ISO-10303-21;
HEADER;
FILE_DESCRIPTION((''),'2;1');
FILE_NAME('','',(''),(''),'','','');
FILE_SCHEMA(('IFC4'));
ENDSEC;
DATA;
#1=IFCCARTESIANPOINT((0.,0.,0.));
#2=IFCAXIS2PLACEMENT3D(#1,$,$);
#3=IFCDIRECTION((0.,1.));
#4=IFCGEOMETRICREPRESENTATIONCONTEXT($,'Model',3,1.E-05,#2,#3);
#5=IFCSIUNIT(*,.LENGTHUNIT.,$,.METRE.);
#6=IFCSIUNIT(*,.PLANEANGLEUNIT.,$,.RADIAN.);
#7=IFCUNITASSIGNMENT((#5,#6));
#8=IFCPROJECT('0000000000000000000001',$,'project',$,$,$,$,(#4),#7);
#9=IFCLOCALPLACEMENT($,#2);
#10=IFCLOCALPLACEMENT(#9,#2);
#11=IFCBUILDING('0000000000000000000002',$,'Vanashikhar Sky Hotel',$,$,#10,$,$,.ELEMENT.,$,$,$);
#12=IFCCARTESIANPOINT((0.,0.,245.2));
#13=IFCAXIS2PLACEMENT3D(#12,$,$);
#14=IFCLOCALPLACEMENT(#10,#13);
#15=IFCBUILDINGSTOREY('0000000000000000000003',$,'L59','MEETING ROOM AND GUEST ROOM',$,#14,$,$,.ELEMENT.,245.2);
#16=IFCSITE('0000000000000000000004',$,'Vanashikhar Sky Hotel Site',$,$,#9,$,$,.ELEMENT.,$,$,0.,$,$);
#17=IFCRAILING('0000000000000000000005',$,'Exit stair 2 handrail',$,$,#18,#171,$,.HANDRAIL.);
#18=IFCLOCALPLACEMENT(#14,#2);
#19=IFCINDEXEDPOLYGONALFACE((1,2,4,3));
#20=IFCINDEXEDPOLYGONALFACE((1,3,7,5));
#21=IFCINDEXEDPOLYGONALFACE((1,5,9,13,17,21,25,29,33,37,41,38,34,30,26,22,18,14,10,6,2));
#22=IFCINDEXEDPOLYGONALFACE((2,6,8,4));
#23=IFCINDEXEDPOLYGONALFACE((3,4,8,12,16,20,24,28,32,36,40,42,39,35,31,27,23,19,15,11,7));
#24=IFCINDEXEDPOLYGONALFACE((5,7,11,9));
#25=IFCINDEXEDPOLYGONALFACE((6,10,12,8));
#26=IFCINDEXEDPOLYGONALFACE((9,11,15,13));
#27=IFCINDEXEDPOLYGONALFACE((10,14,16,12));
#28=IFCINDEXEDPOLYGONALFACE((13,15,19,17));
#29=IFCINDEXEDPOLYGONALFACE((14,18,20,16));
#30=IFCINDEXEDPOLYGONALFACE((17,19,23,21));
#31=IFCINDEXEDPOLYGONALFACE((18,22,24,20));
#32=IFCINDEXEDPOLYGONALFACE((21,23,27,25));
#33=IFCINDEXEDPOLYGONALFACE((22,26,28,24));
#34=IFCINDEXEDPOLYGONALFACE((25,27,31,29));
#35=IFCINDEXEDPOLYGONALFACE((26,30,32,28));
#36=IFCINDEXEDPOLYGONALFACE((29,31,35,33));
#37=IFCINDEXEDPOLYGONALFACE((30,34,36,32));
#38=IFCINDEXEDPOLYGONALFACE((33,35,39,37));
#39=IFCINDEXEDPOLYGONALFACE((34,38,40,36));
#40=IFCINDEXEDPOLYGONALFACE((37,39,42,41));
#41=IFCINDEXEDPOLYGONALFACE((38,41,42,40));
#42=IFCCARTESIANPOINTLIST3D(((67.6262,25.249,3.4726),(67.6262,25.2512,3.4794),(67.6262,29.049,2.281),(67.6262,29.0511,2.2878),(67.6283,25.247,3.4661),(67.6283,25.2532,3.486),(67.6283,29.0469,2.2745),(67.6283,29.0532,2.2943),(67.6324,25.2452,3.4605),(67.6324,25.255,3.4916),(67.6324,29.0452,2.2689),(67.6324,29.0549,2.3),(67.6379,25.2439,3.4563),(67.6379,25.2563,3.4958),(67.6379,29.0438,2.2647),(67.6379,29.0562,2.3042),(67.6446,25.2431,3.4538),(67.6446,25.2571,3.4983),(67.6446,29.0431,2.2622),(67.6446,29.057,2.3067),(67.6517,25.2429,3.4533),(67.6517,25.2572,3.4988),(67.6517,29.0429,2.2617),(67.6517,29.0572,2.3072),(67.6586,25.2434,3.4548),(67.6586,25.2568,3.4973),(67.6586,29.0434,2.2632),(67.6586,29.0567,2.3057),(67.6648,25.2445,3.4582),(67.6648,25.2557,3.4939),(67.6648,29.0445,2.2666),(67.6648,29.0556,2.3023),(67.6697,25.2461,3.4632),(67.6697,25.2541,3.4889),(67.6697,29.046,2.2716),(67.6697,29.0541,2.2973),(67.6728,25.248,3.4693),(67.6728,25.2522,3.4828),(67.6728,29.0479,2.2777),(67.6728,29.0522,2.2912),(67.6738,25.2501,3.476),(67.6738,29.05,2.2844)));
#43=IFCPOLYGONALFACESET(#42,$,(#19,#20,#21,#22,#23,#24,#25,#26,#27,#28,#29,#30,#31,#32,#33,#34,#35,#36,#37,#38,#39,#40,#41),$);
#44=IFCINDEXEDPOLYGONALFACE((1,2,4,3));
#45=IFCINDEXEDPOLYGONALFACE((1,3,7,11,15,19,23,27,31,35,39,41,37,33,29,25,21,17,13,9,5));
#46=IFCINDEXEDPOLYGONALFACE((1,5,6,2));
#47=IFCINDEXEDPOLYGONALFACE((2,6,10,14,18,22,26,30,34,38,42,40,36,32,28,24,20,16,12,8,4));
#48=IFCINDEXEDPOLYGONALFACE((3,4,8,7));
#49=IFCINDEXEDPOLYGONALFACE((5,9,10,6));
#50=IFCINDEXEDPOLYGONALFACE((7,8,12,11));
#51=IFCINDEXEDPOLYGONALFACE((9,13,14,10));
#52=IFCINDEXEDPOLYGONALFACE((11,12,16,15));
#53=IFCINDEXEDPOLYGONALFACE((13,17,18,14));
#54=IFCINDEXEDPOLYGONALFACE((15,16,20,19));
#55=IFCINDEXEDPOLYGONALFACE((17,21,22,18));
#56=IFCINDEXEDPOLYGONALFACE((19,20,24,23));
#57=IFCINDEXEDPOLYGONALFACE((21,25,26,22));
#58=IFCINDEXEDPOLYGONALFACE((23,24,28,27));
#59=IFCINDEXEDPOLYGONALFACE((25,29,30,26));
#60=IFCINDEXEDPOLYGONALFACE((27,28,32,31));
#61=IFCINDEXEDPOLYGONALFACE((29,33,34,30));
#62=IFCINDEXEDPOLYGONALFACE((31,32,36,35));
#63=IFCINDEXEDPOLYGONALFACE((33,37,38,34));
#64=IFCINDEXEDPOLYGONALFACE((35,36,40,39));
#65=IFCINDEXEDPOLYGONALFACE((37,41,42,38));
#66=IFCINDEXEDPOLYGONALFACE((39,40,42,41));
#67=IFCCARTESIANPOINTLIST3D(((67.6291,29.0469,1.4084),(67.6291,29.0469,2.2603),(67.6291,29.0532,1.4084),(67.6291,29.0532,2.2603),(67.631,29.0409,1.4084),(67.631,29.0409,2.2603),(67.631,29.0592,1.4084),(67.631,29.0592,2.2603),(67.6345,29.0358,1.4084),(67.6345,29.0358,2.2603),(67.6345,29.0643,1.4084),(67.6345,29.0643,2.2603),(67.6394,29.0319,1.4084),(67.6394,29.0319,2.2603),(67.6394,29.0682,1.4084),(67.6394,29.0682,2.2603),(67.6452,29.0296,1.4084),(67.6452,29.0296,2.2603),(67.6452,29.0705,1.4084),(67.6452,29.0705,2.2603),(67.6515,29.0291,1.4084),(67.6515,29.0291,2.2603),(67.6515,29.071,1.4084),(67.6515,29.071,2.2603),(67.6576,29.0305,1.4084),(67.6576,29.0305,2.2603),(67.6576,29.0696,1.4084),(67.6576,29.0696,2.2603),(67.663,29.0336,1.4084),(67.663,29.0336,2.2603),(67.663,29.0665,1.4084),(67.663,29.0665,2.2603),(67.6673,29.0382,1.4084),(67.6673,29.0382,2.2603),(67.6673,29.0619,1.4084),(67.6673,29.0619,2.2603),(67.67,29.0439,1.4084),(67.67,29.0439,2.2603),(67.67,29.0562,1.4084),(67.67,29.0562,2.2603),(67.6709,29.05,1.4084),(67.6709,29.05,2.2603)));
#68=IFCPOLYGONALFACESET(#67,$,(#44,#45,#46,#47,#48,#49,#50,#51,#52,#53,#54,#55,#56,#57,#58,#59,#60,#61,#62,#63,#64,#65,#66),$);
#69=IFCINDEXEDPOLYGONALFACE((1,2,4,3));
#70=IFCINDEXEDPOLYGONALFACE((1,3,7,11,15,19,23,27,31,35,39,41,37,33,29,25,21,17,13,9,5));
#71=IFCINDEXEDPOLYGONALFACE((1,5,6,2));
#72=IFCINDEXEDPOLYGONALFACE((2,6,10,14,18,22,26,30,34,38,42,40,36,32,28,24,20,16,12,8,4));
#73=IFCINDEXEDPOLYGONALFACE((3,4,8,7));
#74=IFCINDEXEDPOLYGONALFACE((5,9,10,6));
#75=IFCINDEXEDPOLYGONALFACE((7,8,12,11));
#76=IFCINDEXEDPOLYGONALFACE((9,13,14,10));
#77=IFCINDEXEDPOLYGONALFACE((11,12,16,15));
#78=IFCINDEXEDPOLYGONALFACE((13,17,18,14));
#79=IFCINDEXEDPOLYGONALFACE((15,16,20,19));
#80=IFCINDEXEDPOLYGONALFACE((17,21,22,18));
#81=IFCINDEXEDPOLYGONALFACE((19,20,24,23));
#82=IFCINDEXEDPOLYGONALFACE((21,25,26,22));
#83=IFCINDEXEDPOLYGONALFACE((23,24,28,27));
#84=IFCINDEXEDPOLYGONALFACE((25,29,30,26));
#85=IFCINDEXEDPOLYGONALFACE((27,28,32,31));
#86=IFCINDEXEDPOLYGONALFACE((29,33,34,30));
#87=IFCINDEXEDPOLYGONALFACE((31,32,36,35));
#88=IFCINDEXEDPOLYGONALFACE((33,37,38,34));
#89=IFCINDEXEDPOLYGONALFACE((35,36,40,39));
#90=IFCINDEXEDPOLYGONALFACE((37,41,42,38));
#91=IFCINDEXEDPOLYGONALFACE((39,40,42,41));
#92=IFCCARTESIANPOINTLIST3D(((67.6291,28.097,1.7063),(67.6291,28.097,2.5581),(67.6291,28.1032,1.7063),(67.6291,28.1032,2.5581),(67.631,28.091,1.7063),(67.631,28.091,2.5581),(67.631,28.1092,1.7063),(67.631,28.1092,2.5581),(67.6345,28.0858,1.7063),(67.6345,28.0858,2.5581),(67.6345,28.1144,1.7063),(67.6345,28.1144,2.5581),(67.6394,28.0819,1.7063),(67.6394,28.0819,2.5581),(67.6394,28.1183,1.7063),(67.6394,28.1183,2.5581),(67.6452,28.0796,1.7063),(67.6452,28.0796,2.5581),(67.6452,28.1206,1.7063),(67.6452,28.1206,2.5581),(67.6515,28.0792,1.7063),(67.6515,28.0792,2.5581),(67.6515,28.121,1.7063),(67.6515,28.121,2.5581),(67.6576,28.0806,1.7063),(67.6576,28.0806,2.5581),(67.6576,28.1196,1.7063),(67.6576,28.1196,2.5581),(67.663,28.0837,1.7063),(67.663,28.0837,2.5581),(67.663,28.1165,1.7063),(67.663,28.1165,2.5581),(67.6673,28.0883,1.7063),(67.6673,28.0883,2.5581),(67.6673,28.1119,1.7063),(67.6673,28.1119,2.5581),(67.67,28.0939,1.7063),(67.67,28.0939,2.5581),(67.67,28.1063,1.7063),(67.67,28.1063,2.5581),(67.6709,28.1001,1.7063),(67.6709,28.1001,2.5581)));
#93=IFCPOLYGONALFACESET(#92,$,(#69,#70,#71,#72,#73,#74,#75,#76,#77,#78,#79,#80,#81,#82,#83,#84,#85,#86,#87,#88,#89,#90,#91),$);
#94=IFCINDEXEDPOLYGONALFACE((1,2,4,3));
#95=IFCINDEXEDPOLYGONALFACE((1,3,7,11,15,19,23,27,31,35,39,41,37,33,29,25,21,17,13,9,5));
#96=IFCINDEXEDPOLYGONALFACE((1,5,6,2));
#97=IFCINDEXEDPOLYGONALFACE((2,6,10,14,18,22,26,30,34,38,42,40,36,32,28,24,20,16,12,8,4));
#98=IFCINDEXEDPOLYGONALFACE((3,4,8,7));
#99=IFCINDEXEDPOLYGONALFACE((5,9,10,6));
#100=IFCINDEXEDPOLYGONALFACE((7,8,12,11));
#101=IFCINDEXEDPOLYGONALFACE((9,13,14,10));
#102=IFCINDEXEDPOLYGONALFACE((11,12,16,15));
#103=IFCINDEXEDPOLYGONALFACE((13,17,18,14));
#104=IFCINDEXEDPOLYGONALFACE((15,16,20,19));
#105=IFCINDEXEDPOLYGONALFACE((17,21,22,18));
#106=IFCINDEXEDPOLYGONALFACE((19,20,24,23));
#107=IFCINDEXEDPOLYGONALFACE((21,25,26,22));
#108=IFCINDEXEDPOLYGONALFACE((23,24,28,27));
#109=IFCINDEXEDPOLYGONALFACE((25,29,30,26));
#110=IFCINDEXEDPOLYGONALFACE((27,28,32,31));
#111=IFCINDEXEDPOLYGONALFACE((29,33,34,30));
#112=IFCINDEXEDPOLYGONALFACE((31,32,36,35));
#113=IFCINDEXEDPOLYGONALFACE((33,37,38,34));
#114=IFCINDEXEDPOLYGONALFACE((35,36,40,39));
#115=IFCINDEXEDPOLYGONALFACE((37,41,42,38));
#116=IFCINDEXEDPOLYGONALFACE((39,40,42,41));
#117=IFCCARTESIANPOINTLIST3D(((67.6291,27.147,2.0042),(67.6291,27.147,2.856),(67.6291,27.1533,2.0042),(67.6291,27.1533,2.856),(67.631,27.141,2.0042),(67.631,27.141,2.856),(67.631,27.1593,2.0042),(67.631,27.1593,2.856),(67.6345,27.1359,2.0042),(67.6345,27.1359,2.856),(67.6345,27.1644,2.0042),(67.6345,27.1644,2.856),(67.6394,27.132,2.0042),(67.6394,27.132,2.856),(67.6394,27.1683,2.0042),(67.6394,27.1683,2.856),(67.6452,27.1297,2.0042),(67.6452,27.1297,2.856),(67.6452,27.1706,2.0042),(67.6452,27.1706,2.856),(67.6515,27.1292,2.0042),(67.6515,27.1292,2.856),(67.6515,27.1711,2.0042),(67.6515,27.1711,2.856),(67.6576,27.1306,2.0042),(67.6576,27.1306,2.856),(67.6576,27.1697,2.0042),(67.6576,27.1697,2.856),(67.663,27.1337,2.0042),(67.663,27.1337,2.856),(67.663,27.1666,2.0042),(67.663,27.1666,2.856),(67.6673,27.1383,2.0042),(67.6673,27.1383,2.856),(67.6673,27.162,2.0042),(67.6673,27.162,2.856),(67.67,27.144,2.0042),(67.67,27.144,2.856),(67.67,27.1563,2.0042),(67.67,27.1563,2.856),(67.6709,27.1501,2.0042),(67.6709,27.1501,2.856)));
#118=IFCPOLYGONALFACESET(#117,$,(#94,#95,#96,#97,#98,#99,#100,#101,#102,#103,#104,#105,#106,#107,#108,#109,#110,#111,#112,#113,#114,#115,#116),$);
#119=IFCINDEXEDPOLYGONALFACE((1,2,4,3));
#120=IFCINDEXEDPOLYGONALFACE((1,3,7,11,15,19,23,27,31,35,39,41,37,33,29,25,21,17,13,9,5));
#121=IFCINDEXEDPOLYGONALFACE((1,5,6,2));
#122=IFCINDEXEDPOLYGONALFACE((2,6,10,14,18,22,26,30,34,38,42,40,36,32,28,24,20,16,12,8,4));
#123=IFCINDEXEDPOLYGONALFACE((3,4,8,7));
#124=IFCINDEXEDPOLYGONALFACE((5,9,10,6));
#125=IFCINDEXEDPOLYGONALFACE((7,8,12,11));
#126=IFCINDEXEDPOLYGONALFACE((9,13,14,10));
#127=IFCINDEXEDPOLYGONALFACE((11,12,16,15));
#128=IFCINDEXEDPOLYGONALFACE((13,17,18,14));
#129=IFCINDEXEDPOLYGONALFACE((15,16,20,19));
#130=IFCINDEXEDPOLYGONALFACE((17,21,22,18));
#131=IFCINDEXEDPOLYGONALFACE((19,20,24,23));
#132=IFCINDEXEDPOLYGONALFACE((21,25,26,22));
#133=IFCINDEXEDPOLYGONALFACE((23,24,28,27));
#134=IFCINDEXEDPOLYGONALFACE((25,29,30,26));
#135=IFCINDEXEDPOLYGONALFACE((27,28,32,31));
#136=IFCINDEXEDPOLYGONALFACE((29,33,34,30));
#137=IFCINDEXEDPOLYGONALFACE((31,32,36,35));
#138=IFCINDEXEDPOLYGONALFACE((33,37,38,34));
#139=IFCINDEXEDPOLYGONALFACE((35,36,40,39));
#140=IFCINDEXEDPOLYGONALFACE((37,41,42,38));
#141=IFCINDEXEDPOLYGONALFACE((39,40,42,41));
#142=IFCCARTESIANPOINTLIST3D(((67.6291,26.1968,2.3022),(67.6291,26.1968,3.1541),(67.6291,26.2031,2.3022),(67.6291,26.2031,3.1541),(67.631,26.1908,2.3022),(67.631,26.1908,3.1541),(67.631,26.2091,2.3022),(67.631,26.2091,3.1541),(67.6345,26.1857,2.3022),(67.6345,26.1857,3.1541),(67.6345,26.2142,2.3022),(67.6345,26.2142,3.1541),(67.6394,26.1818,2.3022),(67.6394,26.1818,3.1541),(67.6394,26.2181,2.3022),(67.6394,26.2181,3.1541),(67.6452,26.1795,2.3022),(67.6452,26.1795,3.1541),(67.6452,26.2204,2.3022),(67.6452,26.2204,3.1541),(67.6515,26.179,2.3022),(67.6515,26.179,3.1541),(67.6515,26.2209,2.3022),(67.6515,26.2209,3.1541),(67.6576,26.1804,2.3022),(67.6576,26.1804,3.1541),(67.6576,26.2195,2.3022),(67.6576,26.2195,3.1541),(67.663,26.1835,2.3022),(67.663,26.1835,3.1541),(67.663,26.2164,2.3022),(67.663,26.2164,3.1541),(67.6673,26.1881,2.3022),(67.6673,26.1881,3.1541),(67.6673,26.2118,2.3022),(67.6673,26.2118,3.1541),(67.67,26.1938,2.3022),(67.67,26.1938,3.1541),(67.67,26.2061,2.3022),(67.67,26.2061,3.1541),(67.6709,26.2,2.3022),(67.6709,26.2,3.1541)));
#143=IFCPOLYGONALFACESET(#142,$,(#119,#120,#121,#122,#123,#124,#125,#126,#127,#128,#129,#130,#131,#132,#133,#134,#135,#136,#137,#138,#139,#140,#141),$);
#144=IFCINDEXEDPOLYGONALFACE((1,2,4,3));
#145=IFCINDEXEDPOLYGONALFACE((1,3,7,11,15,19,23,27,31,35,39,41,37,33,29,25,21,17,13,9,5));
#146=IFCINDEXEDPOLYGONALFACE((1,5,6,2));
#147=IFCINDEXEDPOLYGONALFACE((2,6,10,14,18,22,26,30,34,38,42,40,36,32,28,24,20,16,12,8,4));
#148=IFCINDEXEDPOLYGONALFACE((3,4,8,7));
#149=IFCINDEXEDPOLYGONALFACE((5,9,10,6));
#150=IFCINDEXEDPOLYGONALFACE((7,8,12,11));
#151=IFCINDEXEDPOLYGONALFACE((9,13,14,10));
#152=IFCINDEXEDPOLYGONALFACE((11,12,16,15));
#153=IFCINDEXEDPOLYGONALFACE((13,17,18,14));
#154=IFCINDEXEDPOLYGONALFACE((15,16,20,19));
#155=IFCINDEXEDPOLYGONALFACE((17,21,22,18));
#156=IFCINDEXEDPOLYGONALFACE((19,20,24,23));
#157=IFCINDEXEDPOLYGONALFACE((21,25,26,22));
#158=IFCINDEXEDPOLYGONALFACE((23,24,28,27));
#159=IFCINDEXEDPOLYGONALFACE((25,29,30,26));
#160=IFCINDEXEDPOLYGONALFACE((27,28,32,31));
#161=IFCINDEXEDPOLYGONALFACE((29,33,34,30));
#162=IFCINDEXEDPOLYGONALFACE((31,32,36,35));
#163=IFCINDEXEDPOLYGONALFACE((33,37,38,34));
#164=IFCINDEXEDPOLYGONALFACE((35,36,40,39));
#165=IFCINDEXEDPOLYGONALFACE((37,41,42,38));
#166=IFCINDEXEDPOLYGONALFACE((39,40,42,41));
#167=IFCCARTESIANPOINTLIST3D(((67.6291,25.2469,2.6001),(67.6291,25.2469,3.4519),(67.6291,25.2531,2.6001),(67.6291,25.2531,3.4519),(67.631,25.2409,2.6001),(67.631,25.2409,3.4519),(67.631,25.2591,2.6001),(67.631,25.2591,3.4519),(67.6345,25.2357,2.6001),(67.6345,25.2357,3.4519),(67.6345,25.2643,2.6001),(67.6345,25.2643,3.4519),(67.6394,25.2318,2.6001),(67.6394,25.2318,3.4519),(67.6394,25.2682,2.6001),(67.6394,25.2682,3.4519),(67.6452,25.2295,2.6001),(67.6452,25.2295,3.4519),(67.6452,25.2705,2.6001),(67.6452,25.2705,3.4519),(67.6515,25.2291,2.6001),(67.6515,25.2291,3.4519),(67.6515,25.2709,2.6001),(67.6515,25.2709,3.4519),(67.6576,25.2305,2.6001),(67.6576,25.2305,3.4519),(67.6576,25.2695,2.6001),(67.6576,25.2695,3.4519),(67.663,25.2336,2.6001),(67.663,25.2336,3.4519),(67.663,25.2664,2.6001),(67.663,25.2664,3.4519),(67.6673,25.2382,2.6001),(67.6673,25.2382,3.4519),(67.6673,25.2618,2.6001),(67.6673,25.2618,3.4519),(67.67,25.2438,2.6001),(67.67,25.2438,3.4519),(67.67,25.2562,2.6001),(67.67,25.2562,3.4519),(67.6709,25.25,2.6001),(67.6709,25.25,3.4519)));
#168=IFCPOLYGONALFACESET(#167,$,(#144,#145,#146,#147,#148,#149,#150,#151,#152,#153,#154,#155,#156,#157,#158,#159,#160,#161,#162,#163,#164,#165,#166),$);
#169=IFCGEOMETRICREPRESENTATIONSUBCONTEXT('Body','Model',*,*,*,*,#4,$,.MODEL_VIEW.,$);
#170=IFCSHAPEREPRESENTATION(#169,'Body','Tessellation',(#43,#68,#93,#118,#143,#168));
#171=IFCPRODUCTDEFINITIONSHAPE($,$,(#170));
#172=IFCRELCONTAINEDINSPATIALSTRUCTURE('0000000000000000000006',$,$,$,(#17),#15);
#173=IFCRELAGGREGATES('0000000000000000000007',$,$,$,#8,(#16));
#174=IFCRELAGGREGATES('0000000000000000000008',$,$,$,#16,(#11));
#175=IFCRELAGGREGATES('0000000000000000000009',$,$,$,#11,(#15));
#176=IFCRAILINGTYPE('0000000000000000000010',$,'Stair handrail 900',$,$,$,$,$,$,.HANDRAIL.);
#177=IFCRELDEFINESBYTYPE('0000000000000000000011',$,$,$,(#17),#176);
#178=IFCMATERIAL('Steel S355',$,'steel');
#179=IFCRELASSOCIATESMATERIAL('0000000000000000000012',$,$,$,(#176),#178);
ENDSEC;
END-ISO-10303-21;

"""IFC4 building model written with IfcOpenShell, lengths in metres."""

from ifc_helpers import new_model, si_unit, direction, frame, origin, origin_2d, place, context, subcontext, project, spatial, circle, extrude, source, transform, mapped, material, type_object, element, save


model = new_model("IFC4")

# Units and contexts
model_context = context("Model", 3, precision=1e-05, world=origin(), true_north=direction((0.0, 1.0)))
body_context = subcontext(model_context, "Body", "Model", "MODEL_VIEW")
ifc_project = project(units=[si_unit("LENGTHUNIT", "METRE"), si_unit("PLANEANGLEUNIT", "RADIAN")], contexts=[model_context])

# Site, building, storey
site_placement = place(None, origin())
site = spatial("IfcSite", under=ifc_project, at=site_placement, Name="Vanashikhar Sky Hotel Site", CompositionType="ELEMENT", RefElevation=0.0)
building_placement = place(site_placement, origin())
building = spatial("IfcBuilding", under=site, at=building_placement, Name="Vanashikhar Sky Hotel", CompositionType="ELEMENT")
storey_placement = place(building_placement, frame((0.0, 0.0, 245.2)))
storey = spatial("IfcBuildingStorey", under=building, at=storey_placement, Name="L59", Description="MEETING ROOM AND GUEST ROOM", CompositionType="ELEMENT", Elevation=245.2)

# Railing
ifc_material_1 = material(Name="Steel S355", Category="steel")
railing_type_1 = type_object("IfcRailingType", Name="Stair handrail 900", PredefinedType="HANDRAIL", material=ifc_material_1)
shared_shape_1 = source(origin(), body_context, "Body", "SweptSolid", [
    extrude(circle(Radius=0.0239, at=origin_2d()), frame((0.0, 0.0, 0.876), z_axis=(0.0, -0.954184, 0.299221), x_axis=(1.0, 0.0, 0.0)), (0.0, 0.0, 1.0), 3.9824),
    extrude(circle(Radius=0.021, at=origin_2d()), origin(), (0.0, 0.0, 1.0), 0.8518),
    extrude(circle(Radius=0.021, at=origin_2d()), frame((0.0, -0.95, 0.2979)), (0.0, 0.0, 1.0), 0.8518),
    extrude(circle(Radius=0.021, at=origin_2d()), frame((0.0, -1.8999, 0.5957)), (0.0, 0.0, 1.0), 0.8518),
    extrude(circle(Radius=0.021, at=origin_2d()), frame((0.0, -2.8501, 0.8938)), (0.0, 0.0, 1.0), 0.8518),
    extrude(circle(Radius=0.021, at=origin_2d()), frame((0.0, -3.8, 1.1917)), (0.0, 0.0, 1.0), 0.8518),
])
for number, where, name in (
    (1, (67.6499, 29.05, 1.4084), "Exit stair 2 handrail"),
):
    element("IfcRailing", number, at=place(storey_placement, frame(where)), inside=storey, type_object=railing_type_1, Name=name, PredefinedType="HANDRAIL", context=body_context, shape_type="MappedRepresentation", body=[
        mapped(shared_shape_1, transform((0.0, 0.0, 0.0), scale=1.0)),
    ])

save(model, "model.ifc")
